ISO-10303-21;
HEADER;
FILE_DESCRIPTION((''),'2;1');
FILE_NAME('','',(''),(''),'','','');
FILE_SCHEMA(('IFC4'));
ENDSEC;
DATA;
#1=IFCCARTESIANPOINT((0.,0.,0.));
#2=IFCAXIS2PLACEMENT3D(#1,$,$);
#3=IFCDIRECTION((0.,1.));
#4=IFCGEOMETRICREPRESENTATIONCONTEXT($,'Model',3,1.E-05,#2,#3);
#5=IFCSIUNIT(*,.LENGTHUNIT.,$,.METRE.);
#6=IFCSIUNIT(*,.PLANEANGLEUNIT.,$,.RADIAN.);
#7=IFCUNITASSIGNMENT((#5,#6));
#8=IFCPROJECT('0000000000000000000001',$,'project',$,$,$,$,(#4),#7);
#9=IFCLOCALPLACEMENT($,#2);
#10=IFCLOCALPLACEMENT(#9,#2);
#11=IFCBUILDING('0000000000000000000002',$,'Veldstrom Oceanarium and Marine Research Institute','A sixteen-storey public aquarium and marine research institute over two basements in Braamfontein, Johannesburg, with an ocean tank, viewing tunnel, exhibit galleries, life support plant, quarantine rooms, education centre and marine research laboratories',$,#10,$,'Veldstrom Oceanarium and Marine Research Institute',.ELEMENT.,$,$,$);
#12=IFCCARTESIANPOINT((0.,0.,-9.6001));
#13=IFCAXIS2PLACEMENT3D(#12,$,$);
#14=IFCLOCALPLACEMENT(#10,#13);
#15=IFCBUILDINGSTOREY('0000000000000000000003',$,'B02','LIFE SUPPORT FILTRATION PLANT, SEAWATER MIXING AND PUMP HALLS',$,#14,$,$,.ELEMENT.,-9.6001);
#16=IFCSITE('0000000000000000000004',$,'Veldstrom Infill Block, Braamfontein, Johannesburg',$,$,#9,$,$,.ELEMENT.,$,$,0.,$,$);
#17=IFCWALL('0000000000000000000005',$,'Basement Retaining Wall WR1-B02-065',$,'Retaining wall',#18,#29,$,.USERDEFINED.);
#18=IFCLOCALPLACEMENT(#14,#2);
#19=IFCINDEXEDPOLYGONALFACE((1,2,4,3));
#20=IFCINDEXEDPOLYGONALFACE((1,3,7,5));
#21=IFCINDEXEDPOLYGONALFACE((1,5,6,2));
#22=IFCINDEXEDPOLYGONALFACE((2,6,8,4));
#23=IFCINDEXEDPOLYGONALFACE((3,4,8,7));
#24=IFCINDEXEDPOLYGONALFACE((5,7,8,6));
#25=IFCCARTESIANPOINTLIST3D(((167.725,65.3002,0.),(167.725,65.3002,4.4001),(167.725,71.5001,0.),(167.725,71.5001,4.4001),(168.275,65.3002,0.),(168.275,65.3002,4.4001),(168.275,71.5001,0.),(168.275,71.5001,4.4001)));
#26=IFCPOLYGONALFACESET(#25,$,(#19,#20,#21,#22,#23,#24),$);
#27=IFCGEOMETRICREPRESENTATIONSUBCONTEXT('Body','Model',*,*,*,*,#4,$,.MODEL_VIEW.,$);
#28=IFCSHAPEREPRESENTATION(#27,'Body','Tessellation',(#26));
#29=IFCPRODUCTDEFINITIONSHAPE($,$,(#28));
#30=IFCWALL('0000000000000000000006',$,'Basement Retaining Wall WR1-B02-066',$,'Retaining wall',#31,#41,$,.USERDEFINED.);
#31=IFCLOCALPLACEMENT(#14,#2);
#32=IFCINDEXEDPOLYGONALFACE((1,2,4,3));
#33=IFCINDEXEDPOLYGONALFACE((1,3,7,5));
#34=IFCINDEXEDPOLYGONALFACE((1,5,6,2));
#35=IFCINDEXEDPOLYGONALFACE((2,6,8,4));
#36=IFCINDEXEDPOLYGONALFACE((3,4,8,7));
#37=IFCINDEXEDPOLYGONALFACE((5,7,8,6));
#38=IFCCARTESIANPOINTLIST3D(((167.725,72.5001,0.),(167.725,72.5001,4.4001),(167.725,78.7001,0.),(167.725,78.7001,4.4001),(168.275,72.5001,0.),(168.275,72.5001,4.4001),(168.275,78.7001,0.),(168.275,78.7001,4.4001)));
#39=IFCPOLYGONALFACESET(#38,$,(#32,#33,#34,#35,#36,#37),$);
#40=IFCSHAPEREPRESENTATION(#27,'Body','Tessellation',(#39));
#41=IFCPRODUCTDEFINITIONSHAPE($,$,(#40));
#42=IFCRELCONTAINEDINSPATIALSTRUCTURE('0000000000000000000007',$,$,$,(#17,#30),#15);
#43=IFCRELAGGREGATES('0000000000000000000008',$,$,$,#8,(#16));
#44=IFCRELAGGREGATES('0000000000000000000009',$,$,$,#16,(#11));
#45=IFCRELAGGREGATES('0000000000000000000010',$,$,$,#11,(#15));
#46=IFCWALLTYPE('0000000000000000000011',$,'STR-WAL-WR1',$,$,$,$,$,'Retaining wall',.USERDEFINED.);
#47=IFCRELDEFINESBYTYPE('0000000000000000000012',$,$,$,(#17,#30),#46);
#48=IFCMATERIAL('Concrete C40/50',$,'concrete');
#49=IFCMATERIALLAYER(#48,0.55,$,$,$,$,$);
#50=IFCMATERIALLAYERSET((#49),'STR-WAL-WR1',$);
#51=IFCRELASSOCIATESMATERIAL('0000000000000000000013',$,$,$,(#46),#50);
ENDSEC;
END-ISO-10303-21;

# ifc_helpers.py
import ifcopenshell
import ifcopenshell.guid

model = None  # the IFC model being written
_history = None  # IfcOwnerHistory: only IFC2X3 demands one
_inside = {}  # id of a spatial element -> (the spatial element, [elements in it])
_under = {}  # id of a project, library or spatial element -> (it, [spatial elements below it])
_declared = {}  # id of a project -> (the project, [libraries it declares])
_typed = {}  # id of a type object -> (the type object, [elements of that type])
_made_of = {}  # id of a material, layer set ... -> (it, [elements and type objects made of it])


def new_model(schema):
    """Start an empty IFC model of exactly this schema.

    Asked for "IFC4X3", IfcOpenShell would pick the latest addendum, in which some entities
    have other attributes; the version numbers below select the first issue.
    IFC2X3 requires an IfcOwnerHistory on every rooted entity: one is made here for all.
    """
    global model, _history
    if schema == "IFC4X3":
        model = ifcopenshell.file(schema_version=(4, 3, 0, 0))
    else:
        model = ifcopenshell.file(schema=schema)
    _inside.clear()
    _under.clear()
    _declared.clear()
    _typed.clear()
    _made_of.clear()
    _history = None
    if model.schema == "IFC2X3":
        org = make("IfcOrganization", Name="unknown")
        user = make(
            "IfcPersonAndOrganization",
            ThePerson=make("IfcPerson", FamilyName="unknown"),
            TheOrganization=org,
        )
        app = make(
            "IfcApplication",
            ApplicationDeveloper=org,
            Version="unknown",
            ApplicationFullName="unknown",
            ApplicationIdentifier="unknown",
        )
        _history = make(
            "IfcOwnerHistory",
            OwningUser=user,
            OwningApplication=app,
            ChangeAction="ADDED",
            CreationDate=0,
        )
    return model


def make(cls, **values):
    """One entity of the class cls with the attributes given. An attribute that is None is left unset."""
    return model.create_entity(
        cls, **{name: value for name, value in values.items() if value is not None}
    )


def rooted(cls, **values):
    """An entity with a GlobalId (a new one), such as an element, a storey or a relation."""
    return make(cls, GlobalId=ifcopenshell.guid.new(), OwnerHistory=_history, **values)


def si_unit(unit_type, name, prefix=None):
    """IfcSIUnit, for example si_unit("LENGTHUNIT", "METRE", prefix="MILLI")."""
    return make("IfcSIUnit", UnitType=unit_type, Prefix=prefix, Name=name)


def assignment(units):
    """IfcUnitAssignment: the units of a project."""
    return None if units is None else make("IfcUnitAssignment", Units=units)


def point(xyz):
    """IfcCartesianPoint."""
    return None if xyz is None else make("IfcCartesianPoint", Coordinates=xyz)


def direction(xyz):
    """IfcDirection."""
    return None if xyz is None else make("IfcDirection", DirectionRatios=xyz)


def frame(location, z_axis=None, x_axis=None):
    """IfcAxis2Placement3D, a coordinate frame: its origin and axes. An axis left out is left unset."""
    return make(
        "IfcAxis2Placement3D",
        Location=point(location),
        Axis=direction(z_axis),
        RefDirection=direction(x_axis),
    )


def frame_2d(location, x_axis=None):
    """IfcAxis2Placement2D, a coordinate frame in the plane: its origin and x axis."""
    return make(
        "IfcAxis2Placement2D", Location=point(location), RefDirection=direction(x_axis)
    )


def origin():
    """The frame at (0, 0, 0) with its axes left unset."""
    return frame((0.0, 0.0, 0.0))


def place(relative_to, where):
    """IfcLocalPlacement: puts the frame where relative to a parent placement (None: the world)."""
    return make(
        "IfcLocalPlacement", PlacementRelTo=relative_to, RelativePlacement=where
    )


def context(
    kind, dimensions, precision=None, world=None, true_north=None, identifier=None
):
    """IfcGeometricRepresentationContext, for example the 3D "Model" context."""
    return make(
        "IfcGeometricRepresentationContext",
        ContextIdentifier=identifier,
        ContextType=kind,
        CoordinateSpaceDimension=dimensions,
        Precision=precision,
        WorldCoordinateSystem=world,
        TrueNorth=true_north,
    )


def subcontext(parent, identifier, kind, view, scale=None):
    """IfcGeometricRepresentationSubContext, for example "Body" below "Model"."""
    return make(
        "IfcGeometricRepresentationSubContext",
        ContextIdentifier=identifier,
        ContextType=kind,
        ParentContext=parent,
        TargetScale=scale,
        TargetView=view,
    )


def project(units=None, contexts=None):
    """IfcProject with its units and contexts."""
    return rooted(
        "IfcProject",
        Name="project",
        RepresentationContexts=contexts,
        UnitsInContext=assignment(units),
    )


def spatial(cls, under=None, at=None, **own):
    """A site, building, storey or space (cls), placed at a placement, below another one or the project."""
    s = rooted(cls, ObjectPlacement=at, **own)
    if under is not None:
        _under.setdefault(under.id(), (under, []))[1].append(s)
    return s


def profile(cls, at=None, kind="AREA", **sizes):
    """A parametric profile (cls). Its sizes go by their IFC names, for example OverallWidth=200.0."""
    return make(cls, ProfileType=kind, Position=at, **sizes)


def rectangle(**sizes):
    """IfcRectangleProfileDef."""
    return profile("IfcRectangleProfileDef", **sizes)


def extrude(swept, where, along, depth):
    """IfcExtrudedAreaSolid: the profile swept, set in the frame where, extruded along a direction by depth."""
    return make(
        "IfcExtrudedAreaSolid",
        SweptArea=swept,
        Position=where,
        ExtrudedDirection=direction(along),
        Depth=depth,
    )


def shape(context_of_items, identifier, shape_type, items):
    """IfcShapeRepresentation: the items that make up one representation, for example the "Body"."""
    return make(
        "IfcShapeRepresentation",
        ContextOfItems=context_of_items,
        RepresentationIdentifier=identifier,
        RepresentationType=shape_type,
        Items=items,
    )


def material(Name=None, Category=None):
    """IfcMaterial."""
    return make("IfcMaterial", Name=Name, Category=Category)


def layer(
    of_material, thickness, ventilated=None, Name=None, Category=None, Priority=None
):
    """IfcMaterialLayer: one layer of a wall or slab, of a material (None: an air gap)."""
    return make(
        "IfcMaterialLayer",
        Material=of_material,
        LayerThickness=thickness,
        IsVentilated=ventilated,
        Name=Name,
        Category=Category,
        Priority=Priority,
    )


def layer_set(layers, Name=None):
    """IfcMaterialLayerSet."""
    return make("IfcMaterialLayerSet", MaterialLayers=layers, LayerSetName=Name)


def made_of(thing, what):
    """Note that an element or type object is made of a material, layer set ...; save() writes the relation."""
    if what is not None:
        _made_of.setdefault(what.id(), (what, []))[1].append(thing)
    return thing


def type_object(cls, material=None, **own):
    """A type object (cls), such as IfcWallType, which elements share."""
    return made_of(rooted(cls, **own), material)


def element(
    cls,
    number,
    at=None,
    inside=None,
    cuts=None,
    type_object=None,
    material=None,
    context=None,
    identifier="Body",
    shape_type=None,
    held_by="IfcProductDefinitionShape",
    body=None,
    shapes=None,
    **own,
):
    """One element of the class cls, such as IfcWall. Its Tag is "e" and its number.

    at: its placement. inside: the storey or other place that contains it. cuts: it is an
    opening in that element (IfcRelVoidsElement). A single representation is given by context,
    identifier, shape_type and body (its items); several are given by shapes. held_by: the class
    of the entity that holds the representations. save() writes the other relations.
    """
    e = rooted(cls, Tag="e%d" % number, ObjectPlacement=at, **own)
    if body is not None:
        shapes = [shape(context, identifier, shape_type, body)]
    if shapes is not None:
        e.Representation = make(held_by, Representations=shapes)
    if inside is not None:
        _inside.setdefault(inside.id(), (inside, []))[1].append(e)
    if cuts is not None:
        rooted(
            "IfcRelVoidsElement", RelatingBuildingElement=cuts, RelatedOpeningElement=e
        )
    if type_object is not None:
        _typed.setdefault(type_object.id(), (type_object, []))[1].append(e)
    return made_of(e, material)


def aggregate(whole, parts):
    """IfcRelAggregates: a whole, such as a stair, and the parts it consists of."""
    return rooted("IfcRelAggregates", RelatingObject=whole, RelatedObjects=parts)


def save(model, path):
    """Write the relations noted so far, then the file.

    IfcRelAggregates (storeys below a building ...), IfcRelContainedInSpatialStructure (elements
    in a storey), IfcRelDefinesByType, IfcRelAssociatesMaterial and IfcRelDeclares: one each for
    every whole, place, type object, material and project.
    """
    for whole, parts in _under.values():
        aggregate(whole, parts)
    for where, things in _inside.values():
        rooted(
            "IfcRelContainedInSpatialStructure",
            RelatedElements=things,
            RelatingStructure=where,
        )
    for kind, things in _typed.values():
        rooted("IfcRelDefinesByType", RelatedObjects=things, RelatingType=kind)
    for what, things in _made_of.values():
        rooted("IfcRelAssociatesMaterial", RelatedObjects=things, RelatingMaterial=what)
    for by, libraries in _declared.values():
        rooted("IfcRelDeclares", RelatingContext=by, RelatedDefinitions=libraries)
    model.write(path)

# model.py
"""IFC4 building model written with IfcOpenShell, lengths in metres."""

from ifc_helpers import new_model, si_unit, direction, frame, frame_2d, origin, place, context, subcontext, project, spatial, rectangle, extrude, material, layer, layer_set, type_object, element, save


model = new_model("IFC4")

# Units and contexts
model_context = context("Model", 3, precision=1e-05, world=origin(), true_north=direction((0.0, 1.0)))
body_context = subcontext(model_context, "Body", "Model", "MODEL_VIEW")
ifc_project = project(units=[si_unit("LENGTHUNIT", "METRE"), si_unit("PLANEANGLEUNIT", "RADIAN")], contexts=[model_context])

# Site, building, storey
site_placement = place(None, origin())
site = spatial("IfcSite", under=ifc_project, at=site_placement, Name="Veldstrom Infill Block, Braamfontein, Johannesburg", CompositionType="ELEMENT", RefElevation=0.0)
building_placement = place(site_placement, origin())
building = spatial("IfcBuilding", under=site, at=building_placement, Name="Veldstrom Oceanarium and Marine Research Institute", Description="A sixteen-storey public aquarium and marine research institute over two basements in Braamfontein, Johannesburg, with an ocean tank, viewing tunnel, exhibit galleries, life support plant, quarantine rooms, education centre and marine research laboratories", LongName="Veldstrom Oceanarium and Marine Research Institute", CompositionType="ELEMENT")
storey_placement = place(building_placement, frame((0.0, 0.0, -9.6001)))
storey = spatial("IfcBuildingStorey", under=building, at=storey_placement, Name="B02", Description="LIFE SUPPORT FILTRATION PLANT, SEAWATER MIXING AND PUMP HALLS", CompositionType="ELEMENT", Elevation=-9.6001)

# Walls
ifc_material_1 = material(Name="Concrete C40/50", Category="concrete")
ifc_layer_1 = layer(ifc_material_1, 0.55)
ifc_layer_set_1 = layer_set([ifc_layer_1], Name="STR-WAL-WR1")
wall_type_1 = type_object("IfcWallType", Name="STR-WAL-WR1", ElementType="Retaining wall", PredefinedType="USERDEFINED", material=ifc_layer_set_1)
for number, where, z_axis, x_axis, name in (
    (1, (168.0, 65.3, 0.0), (0.0, 0.0, 1.0), (0.0, 1.0, 0.0), "Basement Retaining Wall WR1-B02-065"),
    (2, (168.0, 72.5, 0.0), (0.0, 0.0, 1.0), (0.0, 1.0, 0.0), "Basement Retaining Wall WR1-B02-066"),
):
    element("IfcWall", number, at=place(storey_placement, frame(where, z_axis=z_axis, x_axis=x_axis)), inside=storey, type_object=wall_type_1, Name=name, ObjectType="Retaining wall", PredefinedType="USERDEFINED", context=body_context, shape_type="SweptSolid", body=[
        extrude(rectangle(XDim=6.2, YDim=0.55, at=frame_2d((3.1001, 0.0))), origin(), (0.0, 0.0, 1.0), 4.4001),
    ])

save(model, "model.ifc")
